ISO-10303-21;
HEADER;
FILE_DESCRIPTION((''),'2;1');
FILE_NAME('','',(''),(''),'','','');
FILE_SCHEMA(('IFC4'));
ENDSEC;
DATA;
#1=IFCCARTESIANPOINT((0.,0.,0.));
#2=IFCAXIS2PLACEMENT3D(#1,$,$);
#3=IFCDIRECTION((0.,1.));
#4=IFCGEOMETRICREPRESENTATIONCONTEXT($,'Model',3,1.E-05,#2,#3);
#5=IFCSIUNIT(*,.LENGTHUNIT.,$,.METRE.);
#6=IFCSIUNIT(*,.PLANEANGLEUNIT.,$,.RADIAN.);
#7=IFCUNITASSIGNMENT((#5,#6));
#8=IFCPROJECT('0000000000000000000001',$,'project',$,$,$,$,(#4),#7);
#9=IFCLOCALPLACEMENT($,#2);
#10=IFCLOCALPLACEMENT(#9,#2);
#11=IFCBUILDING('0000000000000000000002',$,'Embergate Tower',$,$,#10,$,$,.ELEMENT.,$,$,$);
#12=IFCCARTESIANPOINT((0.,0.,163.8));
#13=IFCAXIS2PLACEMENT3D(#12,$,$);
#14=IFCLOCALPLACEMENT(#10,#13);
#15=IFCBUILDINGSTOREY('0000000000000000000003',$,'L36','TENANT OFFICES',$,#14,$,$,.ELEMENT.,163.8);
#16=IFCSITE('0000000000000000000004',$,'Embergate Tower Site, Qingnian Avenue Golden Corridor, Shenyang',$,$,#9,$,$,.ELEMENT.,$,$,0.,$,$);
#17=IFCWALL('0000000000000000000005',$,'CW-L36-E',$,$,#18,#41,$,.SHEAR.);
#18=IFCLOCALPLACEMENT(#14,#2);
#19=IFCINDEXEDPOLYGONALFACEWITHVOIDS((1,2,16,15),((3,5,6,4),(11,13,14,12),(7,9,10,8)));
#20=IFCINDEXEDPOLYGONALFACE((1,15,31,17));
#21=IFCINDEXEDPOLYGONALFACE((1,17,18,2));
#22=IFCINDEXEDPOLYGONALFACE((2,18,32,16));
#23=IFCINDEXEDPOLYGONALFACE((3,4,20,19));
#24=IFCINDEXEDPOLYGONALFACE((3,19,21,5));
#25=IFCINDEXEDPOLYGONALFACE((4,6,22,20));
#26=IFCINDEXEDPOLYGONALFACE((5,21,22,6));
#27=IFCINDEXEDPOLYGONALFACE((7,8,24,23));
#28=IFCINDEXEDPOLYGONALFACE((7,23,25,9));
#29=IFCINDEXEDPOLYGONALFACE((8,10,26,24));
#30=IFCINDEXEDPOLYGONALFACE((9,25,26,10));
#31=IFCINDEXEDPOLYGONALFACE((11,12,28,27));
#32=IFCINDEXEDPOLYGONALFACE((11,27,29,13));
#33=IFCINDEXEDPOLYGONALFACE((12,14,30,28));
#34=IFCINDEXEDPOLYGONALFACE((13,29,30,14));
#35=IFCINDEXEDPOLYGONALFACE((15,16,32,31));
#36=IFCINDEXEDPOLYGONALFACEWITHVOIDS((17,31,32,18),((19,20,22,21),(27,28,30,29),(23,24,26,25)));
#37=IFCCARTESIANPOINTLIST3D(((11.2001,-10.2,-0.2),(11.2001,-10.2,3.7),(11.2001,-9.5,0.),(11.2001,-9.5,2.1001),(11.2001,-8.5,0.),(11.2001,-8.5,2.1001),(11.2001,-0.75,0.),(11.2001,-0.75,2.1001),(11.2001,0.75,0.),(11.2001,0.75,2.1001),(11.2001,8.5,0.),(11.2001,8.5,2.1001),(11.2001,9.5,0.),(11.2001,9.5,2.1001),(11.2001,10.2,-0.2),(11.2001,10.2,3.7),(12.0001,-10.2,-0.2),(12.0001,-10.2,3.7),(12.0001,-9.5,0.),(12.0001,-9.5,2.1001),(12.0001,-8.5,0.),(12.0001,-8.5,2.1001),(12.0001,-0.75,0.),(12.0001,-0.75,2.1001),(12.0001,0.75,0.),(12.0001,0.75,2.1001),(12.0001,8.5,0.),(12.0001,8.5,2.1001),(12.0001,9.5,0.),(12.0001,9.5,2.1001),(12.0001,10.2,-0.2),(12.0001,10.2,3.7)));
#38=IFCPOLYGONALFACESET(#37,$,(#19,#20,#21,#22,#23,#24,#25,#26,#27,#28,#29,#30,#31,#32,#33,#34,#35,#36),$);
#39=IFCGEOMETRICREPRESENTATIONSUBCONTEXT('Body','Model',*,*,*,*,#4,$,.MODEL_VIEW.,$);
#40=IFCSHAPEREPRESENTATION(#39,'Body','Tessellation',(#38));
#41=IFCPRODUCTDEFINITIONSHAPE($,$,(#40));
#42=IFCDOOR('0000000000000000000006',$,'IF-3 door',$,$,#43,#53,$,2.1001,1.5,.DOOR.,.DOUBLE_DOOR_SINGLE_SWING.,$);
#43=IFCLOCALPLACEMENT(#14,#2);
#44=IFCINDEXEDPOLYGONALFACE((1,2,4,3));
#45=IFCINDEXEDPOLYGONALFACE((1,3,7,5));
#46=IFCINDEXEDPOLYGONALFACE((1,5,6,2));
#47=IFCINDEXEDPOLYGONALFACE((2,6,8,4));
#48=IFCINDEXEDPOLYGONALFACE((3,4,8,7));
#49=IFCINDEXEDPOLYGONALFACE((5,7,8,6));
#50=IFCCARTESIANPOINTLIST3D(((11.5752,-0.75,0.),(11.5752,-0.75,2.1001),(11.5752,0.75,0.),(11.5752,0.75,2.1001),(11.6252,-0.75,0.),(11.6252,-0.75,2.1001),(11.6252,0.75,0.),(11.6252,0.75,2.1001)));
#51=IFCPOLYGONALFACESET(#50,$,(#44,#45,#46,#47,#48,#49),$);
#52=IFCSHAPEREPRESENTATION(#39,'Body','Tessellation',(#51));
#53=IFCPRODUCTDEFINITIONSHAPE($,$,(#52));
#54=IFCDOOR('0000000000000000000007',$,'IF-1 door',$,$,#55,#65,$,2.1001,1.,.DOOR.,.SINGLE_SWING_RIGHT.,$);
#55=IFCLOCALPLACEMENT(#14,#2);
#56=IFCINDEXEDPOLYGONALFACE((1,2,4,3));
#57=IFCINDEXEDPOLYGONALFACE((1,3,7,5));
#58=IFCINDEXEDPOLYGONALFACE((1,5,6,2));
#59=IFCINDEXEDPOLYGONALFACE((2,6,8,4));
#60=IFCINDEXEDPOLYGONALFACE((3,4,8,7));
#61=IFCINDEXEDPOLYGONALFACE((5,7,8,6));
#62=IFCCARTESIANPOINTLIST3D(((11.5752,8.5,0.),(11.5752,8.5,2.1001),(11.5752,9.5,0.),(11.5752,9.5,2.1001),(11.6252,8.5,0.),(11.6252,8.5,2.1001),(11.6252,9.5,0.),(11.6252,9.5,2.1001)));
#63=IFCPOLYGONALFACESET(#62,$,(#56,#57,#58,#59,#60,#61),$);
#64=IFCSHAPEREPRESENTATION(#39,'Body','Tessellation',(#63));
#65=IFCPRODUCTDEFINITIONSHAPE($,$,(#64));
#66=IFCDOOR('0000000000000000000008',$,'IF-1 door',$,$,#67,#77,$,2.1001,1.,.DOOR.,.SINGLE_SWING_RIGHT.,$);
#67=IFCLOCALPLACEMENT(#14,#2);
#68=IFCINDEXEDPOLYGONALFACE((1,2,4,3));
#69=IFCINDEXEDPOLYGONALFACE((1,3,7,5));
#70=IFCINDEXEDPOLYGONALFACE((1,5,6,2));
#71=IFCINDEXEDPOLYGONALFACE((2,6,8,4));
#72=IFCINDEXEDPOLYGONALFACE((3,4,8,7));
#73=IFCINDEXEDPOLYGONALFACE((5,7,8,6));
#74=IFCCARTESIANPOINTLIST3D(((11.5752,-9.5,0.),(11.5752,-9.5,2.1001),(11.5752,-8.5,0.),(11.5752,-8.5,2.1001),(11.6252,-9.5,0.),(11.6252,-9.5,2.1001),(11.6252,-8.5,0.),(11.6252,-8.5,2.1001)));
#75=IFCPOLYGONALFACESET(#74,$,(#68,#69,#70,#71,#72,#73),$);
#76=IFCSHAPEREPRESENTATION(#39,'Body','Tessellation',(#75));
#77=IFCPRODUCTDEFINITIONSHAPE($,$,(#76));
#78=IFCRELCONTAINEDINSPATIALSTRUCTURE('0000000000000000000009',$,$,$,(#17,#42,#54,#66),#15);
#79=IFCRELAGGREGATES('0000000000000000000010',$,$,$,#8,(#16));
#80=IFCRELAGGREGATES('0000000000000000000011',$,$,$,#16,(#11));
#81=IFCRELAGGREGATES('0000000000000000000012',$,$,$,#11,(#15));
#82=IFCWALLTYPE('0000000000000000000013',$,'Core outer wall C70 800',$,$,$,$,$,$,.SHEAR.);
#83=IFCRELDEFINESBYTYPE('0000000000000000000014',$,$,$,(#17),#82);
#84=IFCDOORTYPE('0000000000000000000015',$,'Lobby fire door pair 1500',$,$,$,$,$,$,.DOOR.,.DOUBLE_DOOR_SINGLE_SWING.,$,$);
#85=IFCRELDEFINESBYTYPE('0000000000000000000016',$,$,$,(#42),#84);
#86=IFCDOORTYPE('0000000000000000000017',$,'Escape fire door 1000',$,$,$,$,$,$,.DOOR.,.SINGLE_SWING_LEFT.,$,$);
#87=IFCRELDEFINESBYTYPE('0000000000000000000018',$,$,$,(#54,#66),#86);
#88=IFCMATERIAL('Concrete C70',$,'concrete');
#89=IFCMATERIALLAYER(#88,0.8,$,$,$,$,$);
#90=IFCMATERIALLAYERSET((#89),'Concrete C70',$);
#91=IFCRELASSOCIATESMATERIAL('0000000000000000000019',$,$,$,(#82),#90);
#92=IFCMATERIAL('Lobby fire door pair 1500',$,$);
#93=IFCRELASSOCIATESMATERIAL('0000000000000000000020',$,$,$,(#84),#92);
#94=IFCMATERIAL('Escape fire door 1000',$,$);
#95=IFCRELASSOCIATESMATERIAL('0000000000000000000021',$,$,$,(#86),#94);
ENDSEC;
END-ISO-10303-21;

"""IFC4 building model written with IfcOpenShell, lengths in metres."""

from ifc_helpers import new_model, si_unit, direction, frame, frame_2d, origin, place, context, subcontext, project, spatial, rectangle, extrude, source, transform, mapped, material, layer, layer_set, type_object, element, fill, save


model = new_model("IFC4")

# Units and contexts
model_context = context("Model", 3, precision=1e-05, world=origin(), true_north=direction((0.0, 1.0)))
body_context = subcontext(model_context, "Body", "Model", "MODEL_VIEW")
ifc_project = project(units=[si_unit("LENGTHUNIT", "METRE"), si_unit("PLANEANGLEUNIT", "RADIAN")], contexts=[model_context])

# Site, building, storey
site_placement = place(None, origin())
site = spatial("IfcSite", under=ifc_project, at=site_placement, Name="Embergate Tower Site, Qingnian Avenue Golden Corridor, Shenyang", CompositionType="ELEMENT", RefElevation=0.0)
building_placement = place(site_placement, origin())
building = spatial("IfcBuilding", under=site, at=building_placement, Name="Embergate Tower", CompositionType="ELEMENT")
storey_placement = place(building_placement, frame((0.0, 0.0, 163.8)))
storey = spatial("IfcBuildingStorey", under=building, at=storey_placement, Name="L36", Description="TENANT OFFICES", CompositionType="ELEMENT", Elevation=163.8)

# Shared definitions
ifc_material_1 = material(Name="Concrete C70", Category="concrete")

# Wall, openings, doors
ifc_layer_1 = layer(ifc_material_1, 0.8)
ifc_layer_set_1 = layer_set([ifc_layer_1], Name="Concrete C70")
wall_type_1 = type_object("IfcWallType", Name="Core outer wall C70 800", PredefinedType="SHEAR", material=ifc_layer_set_1)
shared_shape_1 = source(origin(), body_context, "Body", "SweptSolid", [
    extrude(rectangle(XDim=20.3999, YDim=0.8, at=frame_2d((10.2, 0.0))), origin(), (0.0, 0.0, 1.0), 3.8999),
])
wall_1_placement = place(storey_placement, frame((11.6001, -10.2, -0.2), z_axis=(0.0, 0.0, 1.0), x_axis=(0.0, 1.0, 0.0)))
wall_1 = element("IfcWall", 1, at=wall_1_placement, inside=storey, type_object=wall_type_1, Name="CW-L36-E", PredefinedType="SHEAR", context=body_context, shape_type="MappedRepresentation", body=[
    mapped(shared_shape_1, transform((0.0, 0.0, 0.0))),
])
shared_shape_2 = source(origin(), body_context, "Body", "SweptSolid", [
    extrude(rectangle(XDim=1.0, YDim=2.1001, at=frame_2d((0.5, 1.05))), frame((0.0, 0.4099, 0.0), z_axis=(0.0, -1.0, 0.0), x_axis=(1.0, 0.0, 0.0)), (0.0, 0.0, 1.0), 0.8201),
])
opening_1_placement = place(wall_1_placement, frame((18.7, 0.0, 0.2)))
opening_1 = element("IfcOpeningElement", 2, at=opening_1_placement, cuts=wall_1, PredefinedType="OPENING", context=body_context, shape_type="MappedRepresentation", body=[
    mapped(shared_shape_2, transform((0.0, 0.0, 0.0))),
])
opening_2_placement = place(wall_1_placement, frame((0.7, 0.0, 0.2)))
opening_2 = element("IfcOpeningElement", 3, at=opening_2_placement, cuts=wall_1, PredefinedType="OPENING", context=body_context, shape_type="MappedRepresentation", body=[
    mapped(shared_shape_2, transform((0.0, 0.0, 0.0))),
])
shared_shape_3 = source(origin(), body_context, "Body", "SweptSolid", [
    extrude(rectangle(XDim=1.5, YDim=2.1001, at=frame_2d((0.75, 1.05))), frame((0.0, 0.4099, 0.0), z_axis=(0.0, -1.0, 0.0), x_axis=(1.0, 0.0, 0.0)), (0.0, 0.0, 1.0), 0.8201),
])
opening_3_placement = place(wall_1_placement, frame((9.45, 0.0, 0.2)))
opening_3 = element("IfcOpeningElement", 4, at=opening_3_placement, cuts=wall_1, PredefinedType="OPENING", context=body_context, shape_type="MappedRepresentation", body=[
    mapped(shared_shape_3, transform((0.0, 0.0, 0.0))),
])
ifc_material_2 = material(Name="Lobby fire door pair 1500")
door_type_1 = type_object("IfcDoorType", Name="Lobby fire door pair 1500", OperationType="DOUBLE_DOOR_SINGLE_SWING", PredefinedType="DOOR", material=ifc_material_2)
shared_shape_4 = source(origin(), body_context, "Body", "SweptSolid", [
    extrude(rectangle(XDim=1.5, YDim=2.1001, at=frame_2d((0.75, 1.05))), frame((0.0, 0.0249, 0.0), z_axis=(0.0, -1.0, 0.0), x_axis=(1.0, 0.0, 0.0)), (0.0, 0.0, 1.0), 0.05),
])
door_1_placement = place(opening_3_placement, origin())
door_1 = element("IfcDoor", 5, at=door_1_placement, inside=storey, type_object=door_type_1, Name="IF-3 door", OperationType="DOUBLE_DOOR_SINGLE_SWING", OverallHeight=2.1001, OverallWidth=1.5, PredefinedType="DOOR", context=body_context, shape_type="MappedRepresentation", body=[
    mapped(shared_shape_4, transform((0.0, 0.0, 0.0))),
])
fill(opening_3, door_1)
ifc_material_3 = material(Name="Escape fire door 1000")
door_type_2 = type_object("IfcDoorType", Name="Escape fire door 1000", OperationType="SINGLE_SWING_LEFT", PredefinedType="DOOR", material=ifc_material_3)
shared_shape_5 = source(origin(), body_context, "Body", "SweptSolid", [
    extrude(rectangle(XDim=1.0, YDim=2.1001, at=frame_2d((0.5, 1.05))), frame((0.0, 0.0249, 0.0), z_axis=(0.0, -1.0, 0.0), x_axis=(1.0, 0.0, 0.0)), (0.0, 0.0, 1.0), 0.05),
])
door_2_placement = place(opening_1_placement, origin())
door_2 = element("IfcDoor", 6, at=door_2_placement, inside=storey, type_object=door_type_2, Name="IF-1 door", OperationType="SINGLE_SWING_RIGHT", OverallHeight=2.1001, OverallWidth=1.0, PredefinedType="DOOR", context=body_context, shape_type="MappedRepresentation", body=[
    mapped(shared_shape_5, transform((0.0, 0.0, 0.0))),
])
fill(opening_1, door_2)
door_3_placement = place(opening_2_placement, origin())
door_3 = element("IfcDoor", 7, at=door_3_placement, inside=storey, type_object=door_type_2, Name="IF-1 door", OperationType="SINGLE_SWING_RIGHT", OverallHeight=2.1001, OverallWidth=1.0, PredefinedType="DOOR", context=body_context, shape_type="MappedRepresentation", body=[
    mapped(shared_shape_5, transform((0.0, 0.0, 0.0))),
])
fill(opening_2, door_3)

save(model, "model.ifc")
